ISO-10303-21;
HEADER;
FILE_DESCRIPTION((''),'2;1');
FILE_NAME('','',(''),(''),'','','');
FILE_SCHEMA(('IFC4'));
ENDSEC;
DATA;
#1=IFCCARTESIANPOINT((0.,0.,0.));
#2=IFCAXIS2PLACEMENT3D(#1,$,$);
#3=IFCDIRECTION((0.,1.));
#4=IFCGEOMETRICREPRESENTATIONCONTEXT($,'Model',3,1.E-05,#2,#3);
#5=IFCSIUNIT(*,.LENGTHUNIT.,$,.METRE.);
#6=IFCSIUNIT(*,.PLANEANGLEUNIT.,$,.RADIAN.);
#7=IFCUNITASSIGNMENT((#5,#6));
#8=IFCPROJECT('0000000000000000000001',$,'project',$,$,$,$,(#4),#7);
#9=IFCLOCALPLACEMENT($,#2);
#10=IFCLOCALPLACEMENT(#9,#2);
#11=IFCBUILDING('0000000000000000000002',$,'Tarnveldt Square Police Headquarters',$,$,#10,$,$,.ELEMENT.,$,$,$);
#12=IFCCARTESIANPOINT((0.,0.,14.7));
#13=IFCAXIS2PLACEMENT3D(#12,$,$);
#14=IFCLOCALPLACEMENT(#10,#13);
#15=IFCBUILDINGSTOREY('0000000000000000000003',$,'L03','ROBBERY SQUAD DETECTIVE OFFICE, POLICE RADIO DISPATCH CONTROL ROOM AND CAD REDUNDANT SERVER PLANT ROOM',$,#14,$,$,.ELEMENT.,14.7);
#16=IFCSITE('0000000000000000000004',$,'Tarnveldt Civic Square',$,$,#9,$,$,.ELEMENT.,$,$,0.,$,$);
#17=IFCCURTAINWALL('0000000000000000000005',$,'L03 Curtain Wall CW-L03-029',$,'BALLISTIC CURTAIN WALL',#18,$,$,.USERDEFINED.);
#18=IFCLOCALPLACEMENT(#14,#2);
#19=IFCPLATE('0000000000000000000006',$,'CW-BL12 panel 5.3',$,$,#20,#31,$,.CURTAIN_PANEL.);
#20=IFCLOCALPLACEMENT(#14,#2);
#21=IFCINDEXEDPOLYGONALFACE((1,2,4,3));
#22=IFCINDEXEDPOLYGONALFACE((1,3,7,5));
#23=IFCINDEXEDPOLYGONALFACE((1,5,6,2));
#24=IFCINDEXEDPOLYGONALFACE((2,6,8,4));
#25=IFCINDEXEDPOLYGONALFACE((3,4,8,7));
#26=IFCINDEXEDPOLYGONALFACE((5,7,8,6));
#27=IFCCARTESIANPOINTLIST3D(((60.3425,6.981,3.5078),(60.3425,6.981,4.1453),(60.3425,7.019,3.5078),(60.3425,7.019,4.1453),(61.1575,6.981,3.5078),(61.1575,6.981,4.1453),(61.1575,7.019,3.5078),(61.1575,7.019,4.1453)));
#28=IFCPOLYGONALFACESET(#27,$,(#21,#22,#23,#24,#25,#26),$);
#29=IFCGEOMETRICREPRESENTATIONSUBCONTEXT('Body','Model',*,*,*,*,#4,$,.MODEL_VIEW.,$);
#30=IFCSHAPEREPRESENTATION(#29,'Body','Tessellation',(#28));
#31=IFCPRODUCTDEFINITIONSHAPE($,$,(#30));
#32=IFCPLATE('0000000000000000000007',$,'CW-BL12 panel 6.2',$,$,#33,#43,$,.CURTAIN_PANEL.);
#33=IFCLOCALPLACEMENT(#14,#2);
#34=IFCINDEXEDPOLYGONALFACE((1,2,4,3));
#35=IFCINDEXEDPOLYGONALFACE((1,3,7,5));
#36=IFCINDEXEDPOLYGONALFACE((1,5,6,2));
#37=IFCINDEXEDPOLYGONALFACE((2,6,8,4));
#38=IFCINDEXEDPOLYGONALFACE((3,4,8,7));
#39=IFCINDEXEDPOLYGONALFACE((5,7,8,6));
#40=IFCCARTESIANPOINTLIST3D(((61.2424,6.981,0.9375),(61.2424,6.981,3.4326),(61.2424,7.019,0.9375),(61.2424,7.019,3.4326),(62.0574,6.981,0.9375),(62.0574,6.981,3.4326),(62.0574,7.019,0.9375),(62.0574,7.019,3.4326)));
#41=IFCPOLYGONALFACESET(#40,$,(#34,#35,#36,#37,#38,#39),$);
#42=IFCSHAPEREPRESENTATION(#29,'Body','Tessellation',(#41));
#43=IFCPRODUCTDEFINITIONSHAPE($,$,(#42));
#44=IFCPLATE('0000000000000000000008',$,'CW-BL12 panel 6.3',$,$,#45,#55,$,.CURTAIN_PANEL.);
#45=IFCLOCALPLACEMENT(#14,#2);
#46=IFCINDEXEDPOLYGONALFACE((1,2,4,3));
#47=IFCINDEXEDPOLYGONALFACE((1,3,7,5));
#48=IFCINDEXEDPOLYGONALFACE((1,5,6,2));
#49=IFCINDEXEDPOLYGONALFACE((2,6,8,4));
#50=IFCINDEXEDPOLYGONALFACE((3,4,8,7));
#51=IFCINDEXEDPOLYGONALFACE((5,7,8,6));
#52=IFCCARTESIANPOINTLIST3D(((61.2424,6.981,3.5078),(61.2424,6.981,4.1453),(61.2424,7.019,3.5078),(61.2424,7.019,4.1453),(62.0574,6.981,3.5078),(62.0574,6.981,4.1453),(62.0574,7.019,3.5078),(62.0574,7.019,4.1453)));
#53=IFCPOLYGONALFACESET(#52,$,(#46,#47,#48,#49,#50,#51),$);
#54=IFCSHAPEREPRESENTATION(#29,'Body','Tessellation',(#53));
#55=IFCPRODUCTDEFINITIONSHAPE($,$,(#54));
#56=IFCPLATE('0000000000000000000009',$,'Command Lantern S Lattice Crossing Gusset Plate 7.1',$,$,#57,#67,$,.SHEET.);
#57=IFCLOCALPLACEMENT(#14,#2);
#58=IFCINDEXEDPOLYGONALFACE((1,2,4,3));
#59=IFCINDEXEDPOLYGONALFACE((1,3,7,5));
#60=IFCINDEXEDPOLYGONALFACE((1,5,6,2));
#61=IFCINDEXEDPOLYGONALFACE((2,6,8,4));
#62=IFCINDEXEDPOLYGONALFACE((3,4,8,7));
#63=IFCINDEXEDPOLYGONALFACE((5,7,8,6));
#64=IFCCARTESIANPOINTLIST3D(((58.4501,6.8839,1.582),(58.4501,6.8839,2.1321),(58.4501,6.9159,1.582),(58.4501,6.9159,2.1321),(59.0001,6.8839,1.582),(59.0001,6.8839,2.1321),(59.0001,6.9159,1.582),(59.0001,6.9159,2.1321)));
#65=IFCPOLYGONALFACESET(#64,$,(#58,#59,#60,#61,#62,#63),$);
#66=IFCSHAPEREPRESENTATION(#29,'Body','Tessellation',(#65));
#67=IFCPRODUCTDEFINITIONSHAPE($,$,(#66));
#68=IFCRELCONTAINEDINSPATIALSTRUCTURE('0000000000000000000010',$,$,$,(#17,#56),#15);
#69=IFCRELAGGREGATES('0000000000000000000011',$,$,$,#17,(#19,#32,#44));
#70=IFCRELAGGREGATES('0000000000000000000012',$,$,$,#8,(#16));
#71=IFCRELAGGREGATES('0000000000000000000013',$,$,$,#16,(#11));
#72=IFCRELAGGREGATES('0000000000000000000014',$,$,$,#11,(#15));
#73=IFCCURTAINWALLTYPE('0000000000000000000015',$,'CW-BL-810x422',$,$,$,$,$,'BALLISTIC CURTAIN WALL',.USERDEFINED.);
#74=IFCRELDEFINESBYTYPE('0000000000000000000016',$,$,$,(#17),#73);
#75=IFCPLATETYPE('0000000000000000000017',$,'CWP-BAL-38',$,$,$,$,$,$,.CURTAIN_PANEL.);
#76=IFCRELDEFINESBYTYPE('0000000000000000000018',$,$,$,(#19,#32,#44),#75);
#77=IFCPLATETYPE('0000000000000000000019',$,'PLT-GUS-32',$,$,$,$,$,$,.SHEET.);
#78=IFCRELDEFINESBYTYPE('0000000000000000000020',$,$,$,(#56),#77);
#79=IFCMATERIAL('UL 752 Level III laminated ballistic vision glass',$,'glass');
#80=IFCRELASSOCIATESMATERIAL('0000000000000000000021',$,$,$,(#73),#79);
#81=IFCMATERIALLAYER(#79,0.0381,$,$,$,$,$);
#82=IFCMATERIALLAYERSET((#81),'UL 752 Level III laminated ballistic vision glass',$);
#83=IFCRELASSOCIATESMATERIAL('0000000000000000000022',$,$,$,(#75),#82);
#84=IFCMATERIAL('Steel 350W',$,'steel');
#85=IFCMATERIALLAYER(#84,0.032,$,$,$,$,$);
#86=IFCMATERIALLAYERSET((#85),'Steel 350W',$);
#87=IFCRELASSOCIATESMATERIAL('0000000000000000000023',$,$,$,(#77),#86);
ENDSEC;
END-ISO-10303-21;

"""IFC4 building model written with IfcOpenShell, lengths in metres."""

from ifc_helpers import new_model, si_unit, direction, frame, origin, origin_2d, place, context, subcontext, project, spatial, rectangle, extrude, material, layer, layer_set, type_object, element, aggregate, save


model = new_model("IFC4")

# Units and contexts
model_context = context("Model", 3, precision=1e-05, world=origin(), true_north=direction((0.0, 1.0)))
body_context = subcontext(model_context, "Body", "Model", "MODEL_VIEW")
ifc_project = project(units=[si_unit("LENGTHUNIT", "METRE"), si_unit("PLANEANGLEUNIT", "RADIAN")], contexts=[model_context])

# Site, building, storey
site_placement = place(None, origin())
site = spatial("IfcSite", under=ifc_project, at=site_placement, Name="Tarnveldt Civic Square", CompositionType="ELEMENT", RefElevation=0.0)
building_placement = place(site_placement, origin())
building = spatial("IfcBuilding", under=site, at=building_placement, Name="Tarnveldt Square Police Headquarters", CompositionType="ELEMENT")
storey_placement = place(building_placement, frame((0.0, 0.0, 14.7)))
storey = spatial("IfcBuildingStorey", under=building, at=storey_placement, Name="L03", Description="ROBBERY SQUAD DETECTIVE OFFICE, POLICE RADIO DISPATCH CONTROL ROOM AND CAD REDUNDANT SERVER PLANT ROOM", CompositionType="ELEMENT", Elevation=14.7)

# Curtain wall
ifc_material_1 = material(Name="UL 752 Level III laminated ballistic vision glass", Category="glass")
curtain_wall_type = type_object("IfcCurtainWallType", Name="CW-BL-810x422", ElementType="BALLISTIC CURTAIN WALL", PredefinedType="USERDEFINED", material=ifc_material_1)
curtain_wall_placement = place(storey_placement, origin())
curtain_wall = element("IfcCurtainWall", 1, at=curtain_wall_placement, inside=storey, type_object=curtain_wall_type, Name="L03 Curtain Wall CW-L03-029", ObjectType="BALLISTIC CURTAIN WALL", PredefinedType="USERDEFINED")

# Shared definitions
ifc_material_2 = material(Name="Steel 350W", Category="steel")

# Plates
ifc_layer_1 = layer(ifc_material_1, 0.0381)
ifc_layer_set_1 = layer_set([ifc_layer_1], Name="UL 752 Level III laminated ballistic vision glass")
plate_type_1 = type_object("IfcPlateType", Name="CWP-BAL-38", PredefinedType="CURTAIN_PANEL", material=ifc_layer_set_1)
plate_1_placement = place(storey_placement, frame((60.75, 7.0, 3.5078), z_axis=(0.0, 0.0, 1.0), x_axis=(1.0, 0.0, 0.0)))
plate_1 = element("IfcPlate", 2, at=plate_1_placement, type_object=plate_type_1, Name="CW-BL12 panel 5.3", PredefinedType="CURTAIN_PANEL", context=body_context, shape_type="SweptSolid", body=[
    extrude(rectangle(XDim=0.8149, YDim=0.0381, at=origin_2d()), origin(), (0.0, 0.0, 1.0), 0.6375),
])
plate_2_placement = place(storey_placement, frame((61.6499, 7.0, 0.9375), z_axis=(0.0, 0.0, 1.0), x_axis=(1.0, 0.0, 0.0)))
plate_2 = element("IfcPlate", 3, at=plate_2_placement, type_object=plate_type_1, Name="CW-BL12 panel 6.2", PredefinedType="CURTAIN_PANEL", context=body_context, shape_type="SweptSolid", body=[
    extrude(rectangle(XDim=0.8149, YDim=0.0381, at=origin_2d()), origin(), (0.0, 0.0, 1.0), 2.4951),
])
plate_3_placement = place(storey_placement, frame((61.6499, 7.0, 3.5078), z_axis=(0.0, 0.0, 1.0), x_axis=(1.0, 0.0, 0.0)))
plate_3 = element("IfcPlate", 4, at=plate_3_placement, type_object=plate_type_1, Name="CW-BL12 panel 6.3", PredefinedType="CURTAIN_PANEL", context=body_context, shape_type="SweptSolid", body=[
    extrude(rectangle(XDim=0.8149, YDim=0.0381, at=origin_2d()), origin(), (0.0, 0.0, 1.0), 0.6375),
])
aggregate(curtain_wall, [plate_1, plate_2, plate_3])
ifc_layer_2 = layer(ifc_material_2, 0.032)
ifc_layer_set_2 = layer_set([ifc_layer_2], Name="Steel 350W")
plate_type_2 = type_object("IfcPlateType", Name="PLT-GUS-32", PredefinedType="SHEET", material=ifc_layer_set_2)
plate_4_placement = place(storey_placement, frame((58.7251, 6.8999, 1.582), z_axis=(0.0, 0.0, 1.0), x_axis=(1.0, 0.0, 0.0)))
element("IfcPlate", 5, at=plate_4_placement, inside=storey, type_object=plate_type_2, Name="Command Lantern S Lattice Crossing Gusset Plate 7.1", PredefinedType="SHEET", context=body_context, shape_type="SweptSolid", body=[
    extrude(rectangle(XDim=0.55, YDim=0.032, at=origin_2d()), origin(), (0.0, 0.0, 1.0), 0.55),
])

save(model, "model.ifc")
